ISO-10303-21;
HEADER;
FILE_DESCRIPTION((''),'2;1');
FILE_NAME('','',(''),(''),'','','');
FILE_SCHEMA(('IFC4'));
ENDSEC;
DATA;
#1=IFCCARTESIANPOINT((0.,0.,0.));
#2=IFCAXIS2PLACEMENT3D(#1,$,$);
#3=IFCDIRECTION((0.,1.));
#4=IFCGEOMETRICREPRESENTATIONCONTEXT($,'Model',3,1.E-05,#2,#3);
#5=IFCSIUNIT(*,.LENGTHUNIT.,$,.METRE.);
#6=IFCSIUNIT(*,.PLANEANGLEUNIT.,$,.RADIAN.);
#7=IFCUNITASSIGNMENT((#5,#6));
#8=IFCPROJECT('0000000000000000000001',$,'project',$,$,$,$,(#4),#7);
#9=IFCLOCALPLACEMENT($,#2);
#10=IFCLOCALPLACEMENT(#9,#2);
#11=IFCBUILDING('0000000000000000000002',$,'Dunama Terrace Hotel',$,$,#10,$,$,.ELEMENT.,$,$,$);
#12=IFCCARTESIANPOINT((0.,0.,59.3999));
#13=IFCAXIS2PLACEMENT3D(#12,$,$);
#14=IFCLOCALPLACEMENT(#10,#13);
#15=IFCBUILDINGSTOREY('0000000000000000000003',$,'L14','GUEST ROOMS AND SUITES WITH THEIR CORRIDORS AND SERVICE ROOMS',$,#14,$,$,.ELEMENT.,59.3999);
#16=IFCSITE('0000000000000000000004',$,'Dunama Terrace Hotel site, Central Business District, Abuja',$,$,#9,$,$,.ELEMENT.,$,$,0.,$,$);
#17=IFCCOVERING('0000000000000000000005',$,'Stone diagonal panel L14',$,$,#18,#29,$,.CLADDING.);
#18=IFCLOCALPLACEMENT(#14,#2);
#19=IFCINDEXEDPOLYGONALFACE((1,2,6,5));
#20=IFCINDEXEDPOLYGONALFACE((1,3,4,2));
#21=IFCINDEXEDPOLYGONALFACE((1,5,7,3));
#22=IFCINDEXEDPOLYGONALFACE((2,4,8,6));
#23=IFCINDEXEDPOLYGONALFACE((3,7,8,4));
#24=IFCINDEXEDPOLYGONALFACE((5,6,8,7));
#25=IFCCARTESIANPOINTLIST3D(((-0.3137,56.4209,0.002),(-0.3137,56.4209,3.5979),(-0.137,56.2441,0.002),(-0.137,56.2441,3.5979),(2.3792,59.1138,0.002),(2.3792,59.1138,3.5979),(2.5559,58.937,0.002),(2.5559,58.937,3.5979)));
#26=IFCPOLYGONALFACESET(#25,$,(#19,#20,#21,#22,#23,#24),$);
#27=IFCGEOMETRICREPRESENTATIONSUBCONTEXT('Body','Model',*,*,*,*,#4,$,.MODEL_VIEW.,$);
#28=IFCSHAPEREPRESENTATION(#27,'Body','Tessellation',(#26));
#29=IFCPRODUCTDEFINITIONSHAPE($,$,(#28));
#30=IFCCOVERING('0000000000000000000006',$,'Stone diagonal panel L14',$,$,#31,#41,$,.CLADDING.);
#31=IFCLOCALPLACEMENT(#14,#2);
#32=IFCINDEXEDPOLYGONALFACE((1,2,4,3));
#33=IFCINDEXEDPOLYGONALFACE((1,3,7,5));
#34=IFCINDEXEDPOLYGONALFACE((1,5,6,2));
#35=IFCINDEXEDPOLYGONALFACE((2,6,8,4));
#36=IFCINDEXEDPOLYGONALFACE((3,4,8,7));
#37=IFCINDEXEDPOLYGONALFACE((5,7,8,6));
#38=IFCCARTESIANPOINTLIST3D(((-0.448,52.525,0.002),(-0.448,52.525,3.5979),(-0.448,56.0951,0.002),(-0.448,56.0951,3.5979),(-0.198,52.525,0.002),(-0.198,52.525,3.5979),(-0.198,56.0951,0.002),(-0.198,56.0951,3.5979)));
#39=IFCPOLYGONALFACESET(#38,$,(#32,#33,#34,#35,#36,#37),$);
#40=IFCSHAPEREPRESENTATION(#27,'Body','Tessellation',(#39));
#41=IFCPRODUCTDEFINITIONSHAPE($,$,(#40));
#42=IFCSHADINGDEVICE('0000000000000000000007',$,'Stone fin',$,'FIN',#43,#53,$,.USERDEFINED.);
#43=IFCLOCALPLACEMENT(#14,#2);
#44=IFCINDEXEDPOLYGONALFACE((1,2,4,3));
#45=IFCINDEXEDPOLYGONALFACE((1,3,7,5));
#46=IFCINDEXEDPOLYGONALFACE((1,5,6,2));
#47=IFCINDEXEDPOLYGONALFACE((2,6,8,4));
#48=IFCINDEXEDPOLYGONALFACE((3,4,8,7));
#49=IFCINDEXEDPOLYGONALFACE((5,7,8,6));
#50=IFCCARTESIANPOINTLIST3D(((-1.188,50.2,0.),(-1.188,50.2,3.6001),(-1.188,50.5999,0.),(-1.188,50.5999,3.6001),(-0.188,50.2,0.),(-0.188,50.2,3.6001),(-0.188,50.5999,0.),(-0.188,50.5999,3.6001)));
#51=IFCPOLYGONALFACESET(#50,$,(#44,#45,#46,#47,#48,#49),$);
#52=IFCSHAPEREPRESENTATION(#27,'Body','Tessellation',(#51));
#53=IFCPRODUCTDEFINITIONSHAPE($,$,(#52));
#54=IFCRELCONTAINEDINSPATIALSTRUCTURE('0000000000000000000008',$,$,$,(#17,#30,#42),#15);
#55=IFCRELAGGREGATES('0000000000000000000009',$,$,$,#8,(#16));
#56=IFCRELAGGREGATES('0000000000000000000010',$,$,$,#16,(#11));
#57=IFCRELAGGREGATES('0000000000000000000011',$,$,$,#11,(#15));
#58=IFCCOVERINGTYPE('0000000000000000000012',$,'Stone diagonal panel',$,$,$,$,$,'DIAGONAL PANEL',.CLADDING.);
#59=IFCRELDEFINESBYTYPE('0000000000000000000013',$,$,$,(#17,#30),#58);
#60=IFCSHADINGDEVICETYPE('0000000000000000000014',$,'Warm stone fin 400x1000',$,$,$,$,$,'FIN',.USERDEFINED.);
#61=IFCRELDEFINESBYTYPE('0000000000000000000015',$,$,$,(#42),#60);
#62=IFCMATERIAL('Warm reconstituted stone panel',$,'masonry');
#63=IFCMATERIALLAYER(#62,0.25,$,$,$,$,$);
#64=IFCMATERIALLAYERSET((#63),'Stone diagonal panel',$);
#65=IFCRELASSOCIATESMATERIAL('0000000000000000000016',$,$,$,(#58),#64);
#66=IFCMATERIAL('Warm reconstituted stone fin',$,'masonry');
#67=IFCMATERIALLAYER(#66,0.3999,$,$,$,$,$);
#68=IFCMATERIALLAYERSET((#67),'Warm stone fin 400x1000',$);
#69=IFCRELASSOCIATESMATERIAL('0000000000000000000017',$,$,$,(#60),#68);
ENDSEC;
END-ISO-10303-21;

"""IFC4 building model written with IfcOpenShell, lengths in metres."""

from ifc_helpers import new_model, si_unit, direction, frame, origin, origin_2d, place, context, subcontext, project, spatial, rectangle, extrude, material, layer, layer_set, type_object, element, save


model = new_model("IFC4")

# Units and contexts
model_context = context("Model", 3, precision=1e-05, world=origin(), true_north=direction((0.0, 1.0)))
body_context = subcontext(model_context, "Body", "Model", "MODEL_VIEW")
ifc_project = project(units=[si_unit("LENGTHUNIT", "METRE"), si_unit("PLANEANGLEUNIT", "RADIAN")], contexts=[model_context])

# Site, building, storey
site_placement = place(None, origin())
site = spatial("IfcSite", under=ifc_project, at=site_placement, Name="Dunama Terrace Hotel site, Central Business District, Abuja", CompositionType="ELEMENT", RefElevation=0.0)
building_placement = place(site_placement, origin())
building = spatial("IfcBuilding", under=site, at=building_placement, Name="Dunama Terrace Hotel", CompositionType="ELEMENT")
storey_placement = place(building_placement, frame((0.0, 0.0, 59.3999)))
storey = spatial("IfcBuildingStorey", under=building, at=storey_placement, Name="L14", Description="GUEST ROOMS AND SUITES WITH THEIR CORRIDORS AND SERVICE ROOMS", CompositionType="ELEMENT", Elevation=59.3999)

# Coverings
ifc_material_1 = material(Name="Warm reconstituted stone panel", Category="masonry")
ifc_layer_1 = layer(ifc_material_1, 0.25)
ifc_layer_set_1 = layer_set([ifc_layer_1], Name="Stone diagonal panel")
covering_type = type_object("IfcCoveringType", Name="Stone diagonal panel", ElementType="DIAGONAL PANEL", PredefinedType="CLADDING", material=ifc_layer_set_1)
covering_1_placement = place(storey_placement, frame((1.1211, 57.679, 0.002), z_axis=(0.0, 0.0, 1.0), x_axis=(-0.707107, -0.707107, 0.0)))
element("IfcCovering", 1, at=covering_1_placement, inside=storey, type_object=covering_type, Name="Stone diagonal panel L14", PredefinedType="CLADDING", context=body_context, shape_type="SweptSolid", body=[
    extrude(rectangle(XDim=3.8083, YDim=0.25, at=origin_2d()), origin(), (0.0, 0.0, 1.0), 3.5959),
])
covering_2_placement = place(storey_placement, frame((-0.323, 54.3101, 0.002), z_axis=(0.0, 0.0, 1.0), x_axis=(0.0, -1.0, 0.0)))
element("IfcCovering", 2, at=covering_2_placement, inside=storey, type_object=covering_type, Name="Stone diagonal panel L14", PredefinedType="CLADDING", context=body_context, shape_type="SweptSolid", body=[
    extrude(rectangle(XDim=3.5701, YDim=0.25, at=origin_2d()), origin(), (0.0, 0.0, 1.0), 3.5959),
])

# Shading device
ifc_material_2 = material(Name="Warm reconstituted stone fin", Category="masonry")
ifc_layer_2 = layer(ifc_material_2, 0.3999)
ifc_layer_set_2 = layer_set([ifc_layer_2], Name="Warm stone fin 400x1000")
shading_device_type = type_object("IfcShadingDeviceType", Name="Warm stone fin 400x1000", ElementType="FIN", PredefinedType="USERDEFINED", material=ifc_layer_set_2)
shading_device_placement = place(storey_placement, frame((-0.688, 50.3999, 0.0), z_axis=(0.0, 0.0, 1.0), x_axis=(0.0, -1.0, 0.0)))
element("IfcShadingDevice", 3, at=shading_device_placement, inside=storey, type_object=shading_device_type, Name="Stone fin", ObjectType="FIN", PredefinedType="USERDEFINED", context=body_context, shape_type="SweptSolid", body=[
    extrude(rectangle(XDim=0.3999, YDim=1.0, at=origin_2d()), origin(), (0.0, 0.0, 1.0), 3.6001),
])

save(model, "model.ifc")
